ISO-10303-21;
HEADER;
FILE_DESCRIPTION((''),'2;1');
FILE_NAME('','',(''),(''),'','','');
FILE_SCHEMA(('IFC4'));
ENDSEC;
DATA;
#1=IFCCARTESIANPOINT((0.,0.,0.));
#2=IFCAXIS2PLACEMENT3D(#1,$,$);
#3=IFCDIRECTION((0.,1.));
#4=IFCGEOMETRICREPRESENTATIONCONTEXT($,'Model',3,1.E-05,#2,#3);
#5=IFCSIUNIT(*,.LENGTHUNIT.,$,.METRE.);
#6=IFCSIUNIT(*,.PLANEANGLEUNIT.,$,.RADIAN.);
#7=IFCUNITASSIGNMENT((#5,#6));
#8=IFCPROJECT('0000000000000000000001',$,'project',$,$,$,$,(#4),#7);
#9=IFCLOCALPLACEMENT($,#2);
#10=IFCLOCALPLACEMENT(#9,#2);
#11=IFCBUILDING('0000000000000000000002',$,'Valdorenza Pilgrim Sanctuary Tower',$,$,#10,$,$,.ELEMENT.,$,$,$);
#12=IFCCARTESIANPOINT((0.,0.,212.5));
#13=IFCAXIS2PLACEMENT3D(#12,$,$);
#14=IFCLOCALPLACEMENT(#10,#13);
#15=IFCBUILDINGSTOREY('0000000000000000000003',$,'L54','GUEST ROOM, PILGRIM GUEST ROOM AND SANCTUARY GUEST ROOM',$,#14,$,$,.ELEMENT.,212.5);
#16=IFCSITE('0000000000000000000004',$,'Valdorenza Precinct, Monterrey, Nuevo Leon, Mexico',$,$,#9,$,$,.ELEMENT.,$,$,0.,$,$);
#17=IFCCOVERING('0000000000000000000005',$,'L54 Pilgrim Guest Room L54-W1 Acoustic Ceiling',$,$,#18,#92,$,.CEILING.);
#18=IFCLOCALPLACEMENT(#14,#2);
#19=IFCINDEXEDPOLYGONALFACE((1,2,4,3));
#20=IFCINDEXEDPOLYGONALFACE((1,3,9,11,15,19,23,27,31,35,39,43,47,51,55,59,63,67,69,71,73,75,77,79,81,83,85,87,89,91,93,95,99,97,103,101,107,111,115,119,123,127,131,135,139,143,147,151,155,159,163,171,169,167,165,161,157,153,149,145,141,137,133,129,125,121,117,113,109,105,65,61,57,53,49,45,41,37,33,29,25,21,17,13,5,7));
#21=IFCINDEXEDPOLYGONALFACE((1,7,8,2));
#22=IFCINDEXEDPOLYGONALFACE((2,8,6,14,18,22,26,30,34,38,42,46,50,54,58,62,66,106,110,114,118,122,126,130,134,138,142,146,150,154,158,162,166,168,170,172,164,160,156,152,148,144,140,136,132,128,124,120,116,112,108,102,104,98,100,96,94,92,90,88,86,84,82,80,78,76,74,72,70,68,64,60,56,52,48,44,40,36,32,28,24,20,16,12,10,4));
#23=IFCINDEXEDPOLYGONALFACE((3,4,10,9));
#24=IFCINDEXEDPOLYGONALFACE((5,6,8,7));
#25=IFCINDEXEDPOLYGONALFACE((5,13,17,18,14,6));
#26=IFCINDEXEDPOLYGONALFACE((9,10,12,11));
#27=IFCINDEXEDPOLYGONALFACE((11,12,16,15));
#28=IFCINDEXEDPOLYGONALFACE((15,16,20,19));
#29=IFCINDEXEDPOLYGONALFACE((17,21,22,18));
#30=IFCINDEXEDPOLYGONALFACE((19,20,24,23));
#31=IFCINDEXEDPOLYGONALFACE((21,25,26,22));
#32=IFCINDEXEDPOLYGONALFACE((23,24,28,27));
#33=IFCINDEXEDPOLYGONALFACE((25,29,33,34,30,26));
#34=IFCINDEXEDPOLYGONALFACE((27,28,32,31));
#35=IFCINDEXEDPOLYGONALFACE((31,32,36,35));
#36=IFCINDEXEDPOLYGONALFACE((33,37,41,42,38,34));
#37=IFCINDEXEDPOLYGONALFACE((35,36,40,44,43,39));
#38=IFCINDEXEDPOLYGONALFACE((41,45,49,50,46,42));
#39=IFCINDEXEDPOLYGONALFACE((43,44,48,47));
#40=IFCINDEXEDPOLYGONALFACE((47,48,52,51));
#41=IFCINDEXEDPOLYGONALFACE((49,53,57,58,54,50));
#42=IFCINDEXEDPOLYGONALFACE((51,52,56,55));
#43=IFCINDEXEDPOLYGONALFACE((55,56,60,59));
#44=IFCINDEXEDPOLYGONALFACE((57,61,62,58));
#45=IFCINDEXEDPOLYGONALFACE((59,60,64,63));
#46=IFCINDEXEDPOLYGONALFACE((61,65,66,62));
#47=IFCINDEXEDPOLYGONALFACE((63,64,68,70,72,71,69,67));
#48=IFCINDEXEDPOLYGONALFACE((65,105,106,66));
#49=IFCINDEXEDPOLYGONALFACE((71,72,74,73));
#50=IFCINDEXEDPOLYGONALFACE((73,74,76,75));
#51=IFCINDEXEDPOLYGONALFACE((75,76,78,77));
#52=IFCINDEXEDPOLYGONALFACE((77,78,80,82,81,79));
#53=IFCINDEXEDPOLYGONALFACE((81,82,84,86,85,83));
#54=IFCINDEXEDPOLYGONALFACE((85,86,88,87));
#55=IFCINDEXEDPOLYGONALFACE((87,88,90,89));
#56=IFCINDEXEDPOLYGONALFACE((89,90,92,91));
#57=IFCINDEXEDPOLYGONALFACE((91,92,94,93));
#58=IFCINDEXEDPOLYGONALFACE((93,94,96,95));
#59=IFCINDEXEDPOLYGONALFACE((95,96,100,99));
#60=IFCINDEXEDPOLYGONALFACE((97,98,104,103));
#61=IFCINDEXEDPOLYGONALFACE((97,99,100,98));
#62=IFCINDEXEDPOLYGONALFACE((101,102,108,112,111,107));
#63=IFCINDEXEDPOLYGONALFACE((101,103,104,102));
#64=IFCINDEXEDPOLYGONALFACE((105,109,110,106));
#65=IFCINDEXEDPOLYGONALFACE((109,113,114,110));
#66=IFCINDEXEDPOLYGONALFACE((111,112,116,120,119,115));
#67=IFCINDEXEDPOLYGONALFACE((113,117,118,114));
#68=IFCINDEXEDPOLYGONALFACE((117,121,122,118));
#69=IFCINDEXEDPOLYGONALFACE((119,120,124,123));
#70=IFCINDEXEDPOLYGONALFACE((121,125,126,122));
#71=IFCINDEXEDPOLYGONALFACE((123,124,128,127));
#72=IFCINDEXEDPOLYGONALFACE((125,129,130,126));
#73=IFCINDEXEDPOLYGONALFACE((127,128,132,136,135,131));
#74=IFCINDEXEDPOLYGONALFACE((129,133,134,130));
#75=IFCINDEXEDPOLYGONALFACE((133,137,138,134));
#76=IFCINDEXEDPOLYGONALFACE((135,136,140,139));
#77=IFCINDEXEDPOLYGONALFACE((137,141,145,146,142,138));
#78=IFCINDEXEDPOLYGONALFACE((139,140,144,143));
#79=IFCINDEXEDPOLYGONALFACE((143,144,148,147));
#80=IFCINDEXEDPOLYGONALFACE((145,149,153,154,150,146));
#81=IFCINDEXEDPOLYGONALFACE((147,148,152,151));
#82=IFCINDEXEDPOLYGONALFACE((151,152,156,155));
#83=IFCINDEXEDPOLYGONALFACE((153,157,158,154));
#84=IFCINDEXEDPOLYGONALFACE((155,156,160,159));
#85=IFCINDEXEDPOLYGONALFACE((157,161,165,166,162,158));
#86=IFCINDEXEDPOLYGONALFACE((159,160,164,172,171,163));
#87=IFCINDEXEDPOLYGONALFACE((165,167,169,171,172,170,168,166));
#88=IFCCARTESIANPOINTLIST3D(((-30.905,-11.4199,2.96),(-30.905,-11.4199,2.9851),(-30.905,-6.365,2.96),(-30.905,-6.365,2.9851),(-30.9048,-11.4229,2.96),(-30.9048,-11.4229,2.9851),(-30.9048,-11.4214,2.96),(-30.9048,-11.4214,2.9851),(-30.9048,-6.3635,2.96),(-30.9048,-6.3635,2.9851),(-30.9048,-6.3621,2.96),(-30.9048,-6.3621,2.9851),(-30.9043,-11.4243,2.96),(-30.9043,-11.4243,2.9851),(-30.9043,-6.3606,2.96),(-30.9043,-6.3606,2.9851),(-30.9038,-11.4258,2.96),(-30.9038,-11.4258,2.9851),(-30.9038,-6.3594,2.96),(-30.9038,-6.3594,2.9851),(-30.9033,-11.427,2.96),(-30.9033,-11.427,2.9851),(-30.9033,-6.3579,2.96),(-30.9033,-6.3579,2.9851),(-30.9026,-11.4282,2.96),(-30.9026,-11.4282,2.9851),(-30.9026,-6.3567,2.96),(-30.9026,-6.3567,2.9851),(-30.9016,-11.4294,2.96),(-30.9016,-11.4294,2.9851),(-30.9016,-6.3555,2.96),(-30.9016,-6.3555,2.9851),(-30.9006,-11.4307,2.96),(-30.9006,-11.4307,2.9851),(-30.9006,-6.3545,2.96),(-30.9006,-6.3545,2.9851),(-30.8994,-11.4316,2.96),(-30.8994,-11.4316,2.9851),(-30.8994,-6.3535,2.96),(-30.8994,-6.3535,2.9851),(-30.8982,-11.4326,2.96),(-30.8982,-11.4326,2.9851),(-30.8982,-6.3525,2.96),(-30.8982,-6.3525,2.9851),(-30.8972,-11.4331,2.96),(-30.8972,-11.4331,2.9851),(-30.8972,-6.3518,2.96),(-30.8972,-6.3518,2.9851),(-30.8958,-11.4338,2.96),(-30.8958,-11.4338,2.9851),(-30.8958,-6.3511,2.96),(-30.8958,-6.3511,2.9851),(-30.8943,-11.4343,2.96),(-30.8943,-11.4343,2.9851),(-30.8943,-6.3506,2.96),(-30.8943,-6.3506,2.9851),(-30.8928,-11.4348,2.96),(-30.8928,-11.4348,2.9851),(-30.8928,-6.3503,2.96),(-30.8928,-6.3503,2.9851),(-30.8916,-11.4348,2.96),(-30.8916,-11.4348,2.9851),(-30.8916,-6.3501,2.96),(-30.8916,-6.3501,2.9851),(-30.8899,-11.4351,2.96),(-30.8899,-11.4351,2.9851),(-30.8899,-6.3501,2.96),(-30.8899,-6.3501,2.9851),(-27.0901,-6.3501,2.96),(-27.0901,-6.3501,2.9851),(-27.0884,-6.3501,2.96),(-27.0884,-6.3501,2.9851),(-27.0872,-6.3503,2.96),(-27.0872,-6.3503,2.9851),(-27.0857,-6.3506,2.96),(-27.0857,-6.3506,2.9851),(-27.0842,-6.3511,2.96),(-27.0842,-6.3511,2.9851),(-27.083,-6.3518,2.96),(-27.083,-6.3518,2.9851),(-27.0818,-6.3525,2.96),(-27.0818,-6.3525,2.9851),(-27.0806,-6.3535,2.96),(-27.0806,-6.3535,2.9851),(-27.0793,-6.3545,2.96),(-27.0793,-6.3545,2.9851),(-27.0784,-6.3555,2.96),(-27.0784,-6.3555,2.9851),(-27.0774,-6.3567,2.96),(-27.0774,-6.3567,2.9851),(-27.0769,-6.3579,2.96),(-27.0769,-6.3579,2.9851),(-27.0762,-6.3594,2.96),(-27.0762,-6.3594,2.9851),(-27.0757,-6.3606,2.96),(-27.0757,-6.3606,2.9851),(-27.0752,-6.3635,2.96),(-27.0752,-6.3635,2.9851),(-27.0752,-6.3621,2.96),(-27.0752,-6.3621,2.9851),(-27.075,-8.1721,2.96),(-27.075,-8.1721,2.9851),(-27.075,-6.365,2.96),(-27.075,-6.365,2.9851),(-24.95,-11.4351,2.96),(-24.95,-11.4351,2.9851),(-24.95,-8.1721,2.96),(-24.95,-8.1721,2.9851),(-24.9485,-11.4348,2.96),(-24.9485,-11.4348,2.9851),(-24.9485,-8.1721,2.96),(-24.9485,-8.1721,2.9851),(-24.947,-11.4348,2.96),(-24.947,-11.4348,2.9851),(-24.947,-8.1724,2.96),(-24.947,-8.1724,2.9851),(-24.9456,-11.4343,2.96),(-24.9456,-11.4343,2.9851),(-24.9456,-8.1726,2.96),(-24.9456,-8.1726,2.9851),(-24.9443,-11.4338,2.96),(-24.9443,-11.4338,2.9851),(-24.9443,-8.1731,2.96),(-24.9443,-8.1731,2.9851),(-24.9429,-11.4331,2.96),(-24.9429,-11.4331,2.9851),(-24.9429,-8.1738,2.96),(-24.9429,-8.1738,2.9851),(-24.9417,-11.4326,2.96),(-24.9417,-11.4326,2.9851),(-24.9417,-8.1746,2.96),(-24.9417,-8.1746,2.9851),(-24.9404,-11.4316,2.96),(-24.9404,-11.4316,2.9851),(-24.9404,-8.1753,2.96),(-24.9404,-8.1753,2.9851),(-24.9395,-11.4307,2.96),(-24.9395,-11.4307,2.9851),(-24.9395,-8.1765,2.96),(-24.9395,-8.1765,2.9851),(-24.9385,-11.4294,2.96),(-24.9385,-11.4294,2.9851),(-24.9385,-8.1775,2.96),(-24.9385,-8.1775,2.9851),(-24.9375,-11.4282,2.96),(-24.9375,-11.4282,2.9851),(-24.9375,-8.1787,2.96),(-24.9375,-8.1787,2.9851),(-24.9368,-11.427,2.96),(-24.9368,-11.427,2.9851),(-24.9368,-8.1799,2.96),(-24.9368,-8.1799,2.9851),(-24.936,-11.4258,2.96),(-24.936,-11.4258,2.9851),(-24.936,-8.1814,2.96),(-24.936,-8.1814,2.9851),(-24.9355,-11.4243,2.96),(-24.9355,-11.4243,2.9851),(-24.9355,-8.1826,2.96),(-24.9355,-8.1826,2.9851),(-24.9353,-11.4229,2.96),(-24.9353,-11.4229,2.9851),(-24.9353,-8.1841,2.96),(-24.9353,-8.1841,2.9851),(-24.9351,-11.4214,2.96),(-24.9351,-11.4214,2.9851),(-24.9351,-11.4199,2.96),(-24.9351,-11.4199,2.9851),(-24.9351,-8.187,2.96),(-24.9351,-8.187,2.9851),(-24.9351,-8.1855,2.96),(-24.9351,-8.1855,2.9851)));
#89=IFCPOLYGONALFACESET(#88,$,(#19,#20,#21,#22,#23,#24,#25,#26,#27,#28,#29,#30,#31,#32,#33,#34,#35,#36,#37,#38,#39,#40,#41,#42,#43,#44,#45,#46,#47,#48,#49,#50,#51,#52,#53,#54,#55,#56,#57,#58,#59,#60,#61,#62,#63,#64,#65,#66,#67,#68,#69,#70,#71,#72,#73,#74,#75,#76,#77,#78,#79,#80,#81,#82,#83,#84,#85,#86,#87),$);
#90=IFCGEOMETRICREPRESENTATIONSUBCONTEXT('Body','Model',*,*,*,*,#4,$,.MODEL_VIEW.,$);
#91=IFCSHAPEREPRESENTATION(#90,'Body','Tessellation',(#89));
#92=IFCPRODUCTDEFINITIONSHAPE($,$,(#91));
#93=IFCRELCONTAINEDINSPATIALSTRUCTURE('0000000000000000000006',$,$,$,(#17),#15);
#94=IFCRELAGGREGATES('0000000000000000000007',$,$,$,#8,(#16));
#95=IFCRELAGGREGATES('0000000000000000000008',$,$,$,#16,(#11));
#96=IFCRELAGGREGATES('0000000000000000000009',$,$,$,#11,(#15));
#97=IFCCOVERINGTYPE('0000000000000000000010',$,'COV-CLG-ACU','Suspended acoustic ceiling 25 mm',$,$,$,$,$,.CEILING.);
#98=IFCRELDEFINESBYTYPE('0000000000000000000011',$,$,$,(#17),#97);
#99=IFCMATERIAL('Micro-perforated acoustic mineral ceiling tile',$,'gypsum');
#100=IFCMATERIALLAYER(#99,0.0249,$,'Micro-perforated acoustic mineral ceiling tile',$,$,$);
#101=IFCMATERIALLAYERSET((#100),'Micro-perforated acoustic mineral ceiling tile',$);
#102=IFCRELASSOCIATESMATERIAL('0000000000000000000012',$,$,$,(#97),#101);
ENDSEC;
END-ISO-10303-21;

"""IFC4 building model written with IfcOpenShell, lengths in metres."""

from ifc_helpers import new_model, si_unit, direction, frame, origin, place, context, subcontext, project, spatial, polyline, outline, extrude, material, layer, layer_set, type_object, element, save


model = new_model("IFC4")

# Units and contexts
model_context = context("Model", 3, precision=1e-05, world=origin(), true_north=direction((0.0, 1.0)))
body_context = subcontext(model_context, "Body", "Model", "MODEL_VIEW")
ifc_project = project(units=[si_unit("LENGTHUNIT", "METRE"), si_unit("PLANEANGLEUNIT", "RADIAN")], contexts=[model_context])

# Site, building, storey
site_placement = place(None, origin())
site = spatial("IfcSite", under=ifc_project, at=site_placement, Name="Valdorenza Precinct, Monterrey, Nuevo Leon, Mexico", CompositionType="ELEMENT", RefElevation=0.0)
building_placement = place(site_placement, origin())
building = spatial("IfcBuilding", under=site, at=building_placement, Name="Valdorenza Pilgrim Sanctuary Tower", CompositionType="ELEMENT")
storey_placement = place(building_placement, frame((0.0, 0.0, 212.5)))
storey = spatial("IfcBuildingStorey", under=building, at=storey_placement, Name="L54", Description="GUEST ROOM, PILGRIM GUEST ROOM AND SANCTUARY GUEST ROOM", CompositionType="ELEMENT", Elevation=212.5)

# Covering
ifc_material_1 = material(Name="Micro-perforated acoustic mineral ceiling tile", Category="gypsum")
ifc_layer_1 = layer(ifc_material_1, 0.0249, Name="Micro-perforated acoustic mineral ceiling tile")
ifc_layer_set_1 = layer_set([ifc_layer_1], Name="Micro-perforated acoustic mineral ceiling tile")
covering_type_1 = type_object("IfcCoveringType", Name="COV-CLG-ACU", Description="Suspended acoustic ceiling 25 mm", PredefinedType="CEILING", material=ifc_layer_set_1)
covering_1_placement = place(storey_placement, frame((0.0, 0.0, 2.96)))
element("IfcCovering", 1, at=covering_1_placement, inside=storey, type_object=covering_type_1, Name="L54 Pilgrim Guest Room L54-W1 Acoustic Ceiling", PredefinedType="CEILING", context=body_context, shape_type="SweptSolid", body=[
    extrude(outline(polyline([(-30.905, -6.365), (-30.9048, -6.3635), (-30.9048, -6.3621), (-30.9043, -6.3606), (-30.9038, -6.3594), (-30.9033, -6.3579), (-30.9026, -6.3567), (-30.9016, -6.3555), (-30.9006, -6.3545), (-30.8994, -6.3535), (-30.8982, -6.3525), (-30.8972, -6.3518), (-30.8958, -6.3511), (-30.8943, -6.3506), (-30.8928, -6.3503), (-30.8916, -6.3501), (-30.8899, -6.3501), (-27.0901, -6.3501), (-27.0884, -6.3501), (-27.0872, -6.3503), (-27.0857, -6.3506), (-27.0842, -6.3511), (-27.083, -6.3518), (-27.0818, -6.3525), (-27.0806, -6.3535), (-27.0793, -6.3545), (-27.0784, -6.3555), (-27.0774, -6.3567), (-27.0769, -6.3579), (-27.0762, -6.3594), (-27.0757, -6.3606), (-27.0752, -6.3621), (-27.0752, -6.3635), (-27.075, -6.365), (-27.075, -8.1721), (-24.95, -8.1721), (-24.9485, -8.1721), (-24.947, -8.1724), (-24.9456, -8.1726), (-24.9443, -8.1731), (-24.9429, -8.1738), (-24.9417, -8.1746), (-24.9404, -8.1753), (-24.9395, -8.1765), (-24.9385, -8.1775), (-24.9375, -8.1787), (-24.9368, -8.1799), (-24.936, -8.1814), (-24.9355, -8.1826), (-24.9353, -8.1841), (-24.9351, -8.1855), (-24.9351, -8.187), (-24.9351, -11.4199), (-24.9351, -11.4214), (-24.9353, -11.4229), (-24.9355, -11.4243), (-24.936, -11.4258), (-24.9368, -11.427), (-24.9375, -11.4282), (-24.9385, -11.4294), (-24.9395, -11.4307), (-24.9404, -11.4316), (-24.9417, -11.4326), (-24.9429, -11.4331), (-24.9443, -11.4338), (-24.9456, -11.4343), (-24.947, -11.4348), (-24.9485, -11.4348), (-24.95, -11.4351), (-30.8899, -11.4351), (-30.8916, -11.4348), (-30.8928, -11.4348), (-30.8943, -11.4343), (-30.8958, -11.4338), (-30.8972, -11.4331), (-30.8982, -11.4326), (-30.8994, -11.4316), (-30.9006, -11.4307), (-30.9016, -11.4294), (-30.9026, -11.4282), (-30.9033, -11.427), (-30.9038, -11.4258), (-30.9043, -11.4243), (-30.9048, -11.4229), (-30.9048, -11.4214), (-30.905, -11.4199), (-30.905, -6.365)])), origin(), (0.0, 0.0, 1.0), 0.0251),
])

save(model, "model.ifc")
